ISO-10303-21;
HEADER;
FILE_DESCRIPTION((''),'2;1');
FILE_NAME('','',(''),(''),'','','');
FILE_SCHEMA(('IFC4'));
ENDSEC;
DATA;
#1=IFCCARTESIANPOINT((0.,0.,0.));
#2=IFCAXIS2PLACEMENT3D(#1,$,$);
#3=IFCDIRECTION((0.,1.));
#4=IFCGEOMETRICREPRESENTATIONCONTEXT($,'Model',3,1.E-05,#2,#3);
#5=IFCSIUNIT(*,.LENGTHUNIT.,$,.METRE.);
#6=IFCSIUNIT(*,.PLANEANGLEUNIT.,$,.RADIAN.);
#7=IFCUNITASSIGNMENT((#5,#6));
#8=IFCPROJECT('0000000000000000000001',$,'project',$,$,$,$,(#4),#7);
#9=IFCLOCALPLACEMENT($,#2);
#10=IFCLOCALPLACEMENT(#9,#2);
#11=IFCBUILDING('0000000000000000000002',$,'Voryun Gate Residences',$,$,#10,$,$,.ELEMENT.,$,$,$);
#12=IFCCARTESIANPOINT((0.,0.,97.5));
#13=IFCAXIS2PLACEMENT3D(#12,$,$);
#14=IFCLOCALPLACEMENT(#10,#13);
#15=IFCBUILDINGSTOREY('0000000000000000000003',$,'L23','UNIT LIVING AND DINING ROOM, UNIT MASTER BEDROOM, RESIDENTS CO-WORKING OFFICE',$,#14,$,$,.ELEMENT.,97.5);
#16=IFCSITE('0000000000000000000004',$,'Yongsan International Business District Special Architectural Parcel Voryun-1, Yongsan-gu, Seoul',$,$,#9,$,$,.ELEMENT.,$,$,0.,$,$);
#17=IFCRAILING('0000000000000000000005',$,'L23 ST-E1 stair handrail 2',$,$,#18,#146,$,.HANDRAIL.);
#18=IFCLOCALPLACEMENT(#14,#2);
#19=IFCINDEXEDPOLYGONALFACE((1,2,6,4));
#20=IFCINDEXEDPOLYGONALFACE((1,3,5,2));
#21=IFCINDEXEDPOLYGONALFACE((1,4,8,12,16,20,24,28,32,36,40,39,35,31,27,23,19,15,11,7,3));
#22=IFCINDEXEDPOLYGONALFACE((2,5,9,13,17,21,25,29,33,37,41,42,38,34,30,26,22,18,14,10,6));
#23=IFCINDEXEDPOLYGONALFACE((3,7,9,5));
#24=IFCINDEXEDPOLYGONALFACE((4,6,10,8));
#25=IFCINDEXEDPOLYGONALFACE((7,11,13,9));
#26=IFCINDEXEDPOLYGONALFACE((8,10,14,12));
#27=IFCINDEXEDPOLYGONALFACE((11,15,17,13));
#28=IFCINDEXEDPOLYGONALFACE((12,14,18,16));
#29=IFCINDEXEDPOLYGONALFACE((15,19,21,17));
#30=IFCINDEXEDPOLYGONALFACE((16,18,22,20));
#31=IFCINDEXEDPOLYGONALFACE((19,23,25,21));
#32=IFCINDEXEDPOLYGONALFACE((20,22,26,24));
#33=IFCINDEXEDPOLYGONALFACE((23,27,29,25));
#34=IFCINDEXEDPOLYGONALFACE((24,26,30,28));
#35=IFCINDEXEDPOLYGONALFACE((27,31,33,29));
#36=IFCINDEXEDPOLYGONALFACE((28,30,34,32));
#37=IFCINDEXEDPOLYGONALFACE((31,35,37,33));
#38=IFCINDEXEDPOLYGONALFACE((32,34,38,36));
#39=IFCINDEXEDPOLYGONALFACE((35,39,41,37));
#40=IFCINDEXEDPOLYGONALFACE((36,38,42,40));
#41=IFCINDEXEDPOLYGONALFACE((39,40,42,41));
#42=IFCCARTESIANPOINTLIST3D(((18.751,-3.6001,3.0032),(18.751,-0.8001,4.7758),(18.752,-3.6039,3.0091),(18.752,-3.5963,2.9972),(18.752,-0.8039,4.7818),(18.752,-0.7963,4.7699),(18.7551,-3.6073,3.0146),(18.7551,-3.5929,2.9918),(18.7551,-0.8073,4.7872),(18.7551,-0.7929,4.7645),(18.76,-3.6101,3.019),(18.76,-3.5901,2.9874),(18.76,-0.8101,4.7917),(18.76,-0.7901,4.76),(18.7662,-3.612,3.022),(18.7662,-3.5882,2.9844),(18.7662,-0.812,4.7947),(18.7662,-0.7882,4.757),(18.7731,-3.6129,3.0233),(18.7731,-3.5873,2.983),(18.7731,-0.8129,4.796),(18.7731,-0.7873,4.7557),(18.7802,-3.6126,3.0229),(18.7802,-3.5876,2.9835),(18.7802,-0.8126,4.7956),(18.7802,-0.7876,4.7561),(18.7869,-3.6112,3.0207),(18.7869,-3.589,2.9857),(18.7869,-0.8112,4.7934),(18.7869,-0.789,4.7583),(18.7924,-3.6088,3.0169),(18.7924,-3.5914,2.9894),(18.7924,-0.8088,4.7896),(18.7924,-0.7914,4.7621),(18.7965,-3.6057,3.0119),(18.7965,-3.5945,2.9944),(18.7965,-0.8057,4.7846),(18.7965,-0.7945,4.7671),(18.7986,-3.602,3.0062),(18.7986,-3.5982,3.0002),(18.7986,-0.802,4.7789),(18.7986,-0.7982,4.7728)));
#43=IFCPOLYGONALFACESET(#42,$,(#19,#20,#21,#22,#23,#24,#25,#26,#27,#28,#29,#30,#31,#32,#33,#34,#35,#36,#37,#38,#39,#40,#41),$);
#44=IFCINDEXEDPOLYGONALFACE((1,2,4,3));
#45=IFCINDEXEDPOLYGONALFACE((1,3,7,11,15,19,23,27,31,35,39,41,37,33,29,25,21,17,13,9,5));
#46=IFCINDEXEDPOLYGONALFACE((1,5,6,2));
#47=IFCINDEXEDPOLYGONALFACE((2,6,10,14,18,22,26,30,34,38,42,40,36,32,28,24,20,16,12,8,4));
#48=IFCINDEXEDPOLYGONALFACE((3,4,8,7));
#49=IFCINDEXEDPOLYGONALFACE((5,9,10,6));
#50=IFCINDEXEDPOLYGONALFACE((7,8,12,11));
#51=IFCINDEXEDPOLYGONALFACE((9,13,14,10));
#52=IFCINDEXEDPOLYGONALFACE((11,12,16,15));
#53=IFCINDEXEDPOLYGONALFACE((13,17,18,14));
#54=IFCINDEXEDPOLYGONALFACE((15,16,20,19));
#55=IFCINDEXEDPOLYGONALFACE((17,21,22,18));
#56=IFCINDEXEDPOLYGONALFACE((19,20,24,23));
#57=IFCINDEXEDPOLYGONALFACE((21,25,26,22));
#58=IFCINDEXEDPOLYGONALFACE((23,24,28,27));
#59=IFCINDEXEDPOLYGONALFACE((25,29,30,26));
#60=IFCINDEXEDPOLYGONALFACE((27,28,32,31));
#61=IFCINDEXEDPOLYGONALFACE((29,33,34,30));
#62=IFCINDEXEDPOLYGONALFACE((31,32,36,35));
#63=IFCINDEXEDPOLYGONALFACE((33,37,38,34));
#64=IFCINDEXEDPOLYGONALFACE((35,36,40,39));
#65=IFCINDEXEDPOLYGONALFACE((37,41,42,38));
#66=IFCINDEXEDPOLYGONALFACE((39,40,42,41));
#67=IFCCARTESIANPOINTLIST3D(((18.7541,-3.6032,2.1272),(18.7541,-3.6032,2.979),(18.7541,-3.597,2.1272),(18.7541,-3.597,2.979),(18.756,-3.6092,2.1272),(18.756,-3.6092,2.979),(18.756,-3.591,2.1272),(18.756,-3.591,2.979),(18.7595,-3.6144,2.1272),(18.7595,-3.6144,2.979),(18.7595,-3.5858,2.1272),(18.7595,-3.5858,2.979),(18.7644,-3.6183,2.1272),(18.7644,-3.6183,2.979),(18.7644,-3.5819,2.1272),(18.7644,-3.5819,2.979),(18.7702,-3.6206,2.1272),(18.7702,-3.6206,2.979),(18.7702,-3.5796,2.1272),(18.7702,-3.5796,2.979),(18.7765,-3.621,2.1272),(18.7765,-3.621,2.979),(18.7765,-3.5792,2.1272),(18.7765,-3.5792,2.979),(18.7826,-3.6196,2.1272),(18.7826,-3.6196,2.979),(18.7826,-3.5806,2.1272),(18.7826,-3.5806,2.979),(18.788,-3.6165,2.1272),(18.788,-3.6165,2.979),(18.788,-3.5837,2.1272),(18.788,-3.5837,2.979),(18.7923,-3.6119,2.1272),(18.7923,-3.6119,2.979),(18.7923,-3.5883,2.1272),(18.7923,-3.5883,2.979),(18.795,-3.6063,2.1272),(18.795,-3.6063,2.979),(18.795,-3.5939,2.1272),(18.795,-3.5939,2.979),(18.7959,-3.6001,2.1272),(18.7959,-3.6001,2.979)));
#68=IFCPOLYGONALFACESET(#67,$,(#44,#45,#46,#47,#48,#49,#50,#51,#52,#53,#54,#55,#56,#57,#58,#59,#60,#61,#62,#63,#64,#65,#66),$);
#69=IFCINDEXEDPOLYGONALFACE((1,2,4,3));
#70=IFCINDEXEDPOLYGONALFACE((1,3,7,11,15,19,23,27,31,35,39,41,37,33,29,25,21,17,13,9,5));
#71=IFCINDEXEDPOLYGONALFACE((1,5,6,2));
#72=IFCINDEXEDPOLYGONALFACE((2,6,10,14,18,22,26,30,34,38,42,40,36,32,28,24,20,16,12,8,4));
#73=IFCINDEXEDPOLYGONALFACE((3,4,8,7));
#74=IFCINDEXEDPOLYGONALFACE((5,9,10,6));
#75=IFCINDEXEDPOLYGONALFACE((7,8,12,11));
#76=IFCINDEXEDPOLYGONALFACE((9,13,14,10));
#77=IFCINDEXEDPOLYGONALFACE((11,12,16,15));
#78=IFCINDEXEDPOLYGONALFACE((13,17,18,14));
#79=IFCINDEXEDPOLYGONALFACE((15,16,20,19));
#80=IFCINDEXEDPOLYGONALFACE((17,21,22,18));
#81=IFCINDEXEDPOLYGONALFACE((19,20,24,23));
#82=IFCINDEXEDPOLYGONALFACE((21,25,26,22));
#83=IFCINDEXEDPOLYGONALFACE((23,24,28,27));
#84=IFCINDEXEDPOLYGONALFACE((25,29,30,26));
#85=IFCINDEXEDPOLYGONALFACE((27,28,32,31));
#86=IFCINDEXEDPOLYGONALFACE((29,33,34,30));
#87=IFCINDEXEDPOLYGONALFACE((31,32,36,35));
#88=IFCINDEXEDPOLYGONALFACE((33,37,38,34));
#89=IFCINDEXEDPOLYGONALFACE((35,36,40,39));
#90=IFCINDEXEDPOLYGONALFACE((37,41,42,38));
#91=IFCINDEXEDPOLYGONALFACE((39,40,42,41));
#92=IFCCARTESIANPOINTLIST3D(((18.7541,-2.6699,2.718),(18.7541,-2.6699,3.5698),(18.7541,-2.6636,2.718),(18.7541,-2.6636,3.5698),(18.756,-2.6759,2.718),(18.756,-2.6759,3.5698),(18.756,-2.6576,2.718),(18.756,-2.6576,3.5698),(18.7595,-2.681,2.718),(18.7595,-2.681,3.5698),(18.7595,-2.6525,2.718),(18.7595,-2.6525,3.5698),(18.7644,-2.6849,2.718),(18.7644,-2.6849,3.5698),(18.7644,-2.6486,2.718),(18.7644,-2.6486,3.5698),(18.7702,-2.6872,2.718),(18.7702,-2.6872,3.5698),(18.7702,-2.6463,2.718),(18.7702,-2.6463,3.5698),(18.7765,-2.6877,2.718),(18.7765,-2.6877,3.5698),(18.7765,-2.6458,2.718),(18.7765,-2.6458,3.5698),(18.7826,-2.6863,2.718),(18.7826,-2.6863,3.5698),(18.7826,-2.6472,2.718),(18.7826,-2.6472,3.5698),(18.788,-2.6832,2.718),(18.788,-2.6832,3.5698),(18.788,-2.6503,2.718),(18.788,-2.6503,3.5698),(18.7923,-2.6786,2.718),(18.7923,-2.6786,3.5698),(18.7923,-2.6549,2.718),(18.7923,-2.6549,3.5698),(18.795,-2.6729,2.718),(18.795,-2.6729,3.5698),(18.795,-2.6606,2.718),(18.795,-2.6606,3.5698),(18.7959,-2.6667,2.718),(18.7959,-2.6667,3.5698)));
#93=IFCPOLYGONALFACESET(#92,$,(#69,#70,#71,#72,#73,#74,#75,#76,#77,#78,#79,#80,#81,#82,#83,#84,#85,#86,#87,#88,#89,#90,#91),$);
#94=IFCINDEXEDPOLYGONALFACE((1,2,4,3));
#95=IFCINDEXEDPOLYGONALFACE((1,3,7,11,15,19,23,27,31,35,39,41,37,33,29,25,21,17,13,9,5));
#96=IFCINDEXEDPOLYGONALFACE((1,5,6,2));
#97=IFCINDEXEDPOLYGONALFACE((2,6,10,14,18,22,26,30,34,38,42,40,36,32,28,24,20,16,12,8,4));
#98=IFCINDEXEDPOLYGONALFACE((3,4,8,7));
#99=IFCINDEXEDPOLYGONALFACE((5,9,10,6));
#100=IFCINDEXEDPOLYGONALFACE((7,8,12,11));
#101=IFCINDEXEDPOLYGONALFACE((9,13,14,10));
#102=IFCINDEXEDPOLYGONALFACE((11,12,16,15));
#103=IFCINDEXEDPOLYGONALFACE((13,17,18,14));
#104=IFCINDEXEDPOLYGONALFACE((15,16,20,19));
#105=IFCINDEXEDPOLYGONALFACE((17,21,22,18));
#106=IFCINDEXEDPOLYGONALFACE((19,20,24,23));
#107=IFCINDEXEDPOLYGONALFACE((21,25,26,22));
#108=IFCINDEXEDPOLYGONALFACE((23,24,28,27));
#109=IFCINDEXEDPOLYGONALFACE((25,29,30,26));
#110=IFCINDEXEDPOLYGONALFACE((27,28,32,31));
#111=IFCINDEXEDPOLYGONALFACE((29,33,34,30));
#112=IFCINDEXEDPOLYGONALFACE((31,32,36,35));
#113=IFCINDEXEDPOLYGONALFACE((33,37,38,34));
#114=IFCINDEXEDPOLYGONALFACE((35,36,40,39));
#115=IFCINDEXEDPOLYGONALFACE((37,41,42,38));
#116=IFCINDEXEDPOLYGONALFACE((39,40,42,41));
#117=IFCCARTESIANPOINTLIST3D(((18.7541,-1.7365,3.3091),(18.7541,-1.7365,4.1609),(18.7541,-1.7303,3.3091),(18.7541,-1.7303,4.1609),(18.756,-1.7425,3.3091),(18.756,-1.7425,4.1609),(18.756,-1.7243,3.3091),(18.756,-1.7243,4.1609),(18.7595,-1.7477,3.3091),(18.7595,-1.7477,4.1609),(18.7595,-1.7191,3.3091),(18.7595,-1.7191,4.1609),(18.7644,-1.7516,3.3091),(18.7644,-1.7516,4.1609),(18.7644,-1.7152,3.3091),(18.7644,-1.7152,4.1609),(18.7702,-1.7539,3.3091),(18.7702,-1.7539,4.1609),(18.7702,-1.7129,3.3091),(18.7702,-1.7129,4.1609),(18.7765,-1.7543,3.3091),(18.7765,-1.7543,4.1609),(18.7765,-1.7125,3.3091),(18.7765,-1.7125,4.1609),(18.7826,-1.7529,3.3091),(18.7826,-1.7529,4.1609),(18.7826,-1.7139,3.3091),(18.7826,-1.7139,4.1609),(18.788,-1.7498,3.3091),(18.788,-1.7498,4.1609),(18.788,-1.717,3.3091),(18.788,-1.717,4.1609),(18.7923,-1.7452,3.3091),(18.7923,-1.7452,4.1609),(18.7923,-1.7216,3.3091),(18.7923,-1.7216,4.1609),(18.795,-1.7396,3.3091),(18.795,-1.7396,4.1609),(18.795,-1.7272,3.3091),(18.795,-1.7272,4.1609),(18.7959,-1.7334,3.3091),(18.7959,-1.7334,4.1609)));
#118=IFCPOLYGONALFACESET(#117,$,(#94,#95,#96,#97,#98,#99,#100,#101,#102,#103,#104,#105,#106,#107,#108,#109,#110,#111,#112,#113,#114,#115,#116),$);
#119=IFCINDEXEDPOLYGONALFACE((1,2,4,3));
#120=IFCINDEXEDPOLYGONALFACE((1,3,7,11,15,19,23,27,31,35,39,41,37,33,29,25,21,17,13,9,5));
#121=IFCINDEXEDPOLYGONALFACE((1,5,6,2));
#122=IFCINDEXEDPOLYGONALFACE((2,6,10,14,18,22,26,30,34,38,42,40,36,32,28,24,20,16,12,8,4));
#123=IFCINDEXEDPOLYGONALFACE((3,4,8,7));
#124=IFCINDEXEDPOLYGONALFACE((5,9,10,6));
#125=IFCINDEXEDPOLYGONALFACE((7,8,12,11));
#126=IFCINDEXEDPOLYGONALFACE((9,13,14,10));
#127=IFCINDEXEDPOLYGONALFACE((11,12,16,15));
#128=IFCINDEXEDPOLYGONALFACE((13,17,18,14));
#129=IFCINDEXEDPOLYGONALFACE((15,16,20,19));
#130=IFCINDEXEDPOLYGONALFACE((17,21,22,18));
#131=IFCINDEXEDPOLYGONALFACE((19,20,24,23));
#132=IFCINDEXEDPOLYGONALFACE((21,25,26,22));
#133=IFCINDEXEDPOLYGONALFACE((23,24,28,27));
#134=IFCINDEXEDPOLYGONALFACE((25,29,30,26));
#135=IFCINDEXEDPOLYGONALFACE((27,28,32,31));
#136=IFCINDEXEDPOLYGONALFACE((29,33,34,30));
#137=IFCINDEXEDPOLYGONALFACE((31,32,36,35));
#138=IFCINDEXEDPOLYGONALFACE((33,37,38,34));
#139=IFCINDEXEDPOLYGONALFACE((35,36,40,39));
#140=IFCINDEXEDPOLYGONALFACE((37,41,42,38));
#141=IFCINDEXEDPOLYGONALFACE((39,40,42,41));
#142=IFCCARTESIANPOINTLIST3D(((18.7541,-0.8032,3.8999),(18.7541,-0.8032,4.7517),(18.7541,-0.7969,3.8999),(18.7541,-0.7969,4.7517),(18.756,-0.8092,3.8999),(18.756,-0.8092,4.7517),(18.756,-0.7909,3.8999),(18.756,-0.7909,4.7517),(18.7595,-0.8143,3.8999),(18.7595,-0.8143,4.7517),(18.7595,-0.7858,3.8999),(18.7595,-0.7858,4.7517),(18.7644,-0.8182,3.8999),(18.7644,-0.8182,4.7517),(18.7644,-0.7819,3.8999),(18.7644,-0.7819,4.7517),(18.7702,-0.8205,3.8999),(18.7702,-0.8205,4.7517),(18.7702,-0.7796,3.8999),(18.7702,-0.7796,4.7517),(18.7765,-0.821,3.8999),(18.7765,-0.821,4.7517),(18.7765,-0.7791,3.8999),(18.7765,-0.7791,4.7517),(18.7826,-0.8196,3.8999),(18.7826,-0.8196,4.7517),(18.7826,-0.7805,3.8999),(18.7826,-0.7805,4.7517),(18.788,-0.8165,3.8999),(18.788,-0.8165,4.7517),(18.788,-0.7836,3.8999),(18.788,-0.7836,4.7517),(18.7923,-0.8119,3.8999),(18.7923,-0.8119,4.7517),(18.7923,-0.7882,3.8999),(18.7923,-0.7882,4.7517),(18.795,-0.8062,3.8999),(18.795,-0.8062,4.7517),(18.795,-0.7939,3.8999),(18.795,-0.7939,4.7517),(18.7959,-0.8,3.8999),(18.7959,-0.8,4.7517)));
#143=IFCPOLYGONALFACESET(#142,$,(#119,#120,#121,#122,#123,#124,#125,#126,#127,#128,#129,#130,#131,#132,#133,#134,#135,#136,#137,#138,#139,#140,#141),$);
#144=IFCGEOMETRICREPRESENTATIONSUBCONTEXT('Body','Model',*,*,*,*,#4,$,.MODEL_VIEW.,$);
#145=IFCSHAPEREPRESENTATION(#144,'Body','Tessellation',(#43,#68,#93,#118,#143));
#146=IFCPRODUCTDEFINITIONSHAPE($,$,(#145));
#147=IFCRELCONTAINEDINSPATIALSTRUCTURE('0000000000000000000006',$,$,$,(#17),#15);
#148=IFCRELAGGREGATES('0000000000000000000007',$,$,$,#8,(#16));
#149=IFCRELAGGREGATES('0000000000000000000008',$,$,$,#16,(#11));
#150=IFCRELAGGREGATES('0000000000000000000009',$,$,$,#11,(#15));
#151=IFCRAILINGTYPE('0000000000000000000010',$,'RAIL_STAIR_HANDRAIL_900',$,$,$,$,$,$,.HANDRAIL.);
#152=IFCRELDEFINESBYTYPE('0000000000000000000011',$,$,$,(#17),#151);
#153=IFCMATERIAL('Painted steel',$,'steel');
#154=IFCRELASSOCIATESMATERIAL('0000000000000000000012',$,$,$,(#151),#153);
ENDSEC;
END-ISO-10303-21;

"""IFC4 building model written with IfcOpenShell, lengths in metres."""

from ifc_helpers import new_model, si_unit, direction, frame, origin, origin_2d, place, context, subcontext, project, spatial, circle, extrude, material, type_object, element, save


model = new_model("IFC4")

# Units and contexts
model_context = context("Model", 3, precision=1e-05, world=origin(), true_north=direction((0.0, 1.0)))
body_context = subcontext(model_context, "Body", "Model", "MODEL_VIEW")
ifc_project = project(units=[si_unit("LENGTHUNIT", "METRE"), si_unit("PLANEANGLEUNIT", "RADIAN")], contexts=[model_context])

# Site, building, storey
site_placement = place(None, origin())
site = spatial("IfcSite", under=ifc_project, at=site_placement, Name="Yongsan International Business District Special Architectural Parcel Voryun-1, Yongsan-gu, Seoul", CompositionType="ELEMENT", RefElevation=0.0)
building_placement = place(site_placement, origin())
building = spatial("IfcBuilding", under=site, at=building_placement, Name="Voryun Gate Residences", CompositionType="ELEMENT")
storey_placement = place(building_placement, frame((0.0, 0.0, 97.5)))
storey = spatial("IfcBuildingStorey", under=building, at=storey_placement, Name="L23", Description="UNIT LIVING AND DINING ROOM, UNIT MASTER BEDROOM, RESIDENTS CO-WORKING OFFICE", CompositionType="ELEMENT", Elevation=97.5)

# Railing
ifc_material_1 = material(Name="Painted steel", Category="steel")
railing_type_1 = type_object("IfcRailingType", Name="RAIL_STAIR_HANDRAIL_900", PredefinedType="HANDRAIL", material=ifc_material_1)
railing_1_placement = place(storey_placement, frame((18.7749, -3.6001, 2.1272)))
element("IfcRailing", 1, at=railing_1_placement, inside=storey, type_object=railing_type_1, Name="L23 ST-E1 stair handrail 2", PredefinedType="HANDRAIL", context=body_context, shape_type="SweptSolid", body=[
    extrude(circle(Radius=0.0239, at=origin_2d()), frame((0.0, 0.0, 0.876), z_axis=(0.0, 0.844909, 0.53491), x_axis=(-1.0, 0.0, 0.0)), (0.0, 0.0, 1.0), 3.314),
    extrude(circle(Radius=0.021, at=origin_2d()), origin(), (0.0, 0.0, 1.0), 0.8518),
    extrude(circle(Radius=0.021, at=origin_2d()), frame((0.0, 0.9333, 0.5908)), (0.0, 0.0, 1.0), 0.8518),
    extrude(circle(Radius=0.021, at=origin_2d()), frame((0.0, 1.8667, 1.1819)), (0.0, 0.0, 1.0), 0.8518),
    extrude(circle(Radius=0.021, at=origin_2d()), frame((0.0, 2.8, 1.7727)), (0.0, 0.0, 1.0), 0.8518),
])

save(model, "model.ifc")
